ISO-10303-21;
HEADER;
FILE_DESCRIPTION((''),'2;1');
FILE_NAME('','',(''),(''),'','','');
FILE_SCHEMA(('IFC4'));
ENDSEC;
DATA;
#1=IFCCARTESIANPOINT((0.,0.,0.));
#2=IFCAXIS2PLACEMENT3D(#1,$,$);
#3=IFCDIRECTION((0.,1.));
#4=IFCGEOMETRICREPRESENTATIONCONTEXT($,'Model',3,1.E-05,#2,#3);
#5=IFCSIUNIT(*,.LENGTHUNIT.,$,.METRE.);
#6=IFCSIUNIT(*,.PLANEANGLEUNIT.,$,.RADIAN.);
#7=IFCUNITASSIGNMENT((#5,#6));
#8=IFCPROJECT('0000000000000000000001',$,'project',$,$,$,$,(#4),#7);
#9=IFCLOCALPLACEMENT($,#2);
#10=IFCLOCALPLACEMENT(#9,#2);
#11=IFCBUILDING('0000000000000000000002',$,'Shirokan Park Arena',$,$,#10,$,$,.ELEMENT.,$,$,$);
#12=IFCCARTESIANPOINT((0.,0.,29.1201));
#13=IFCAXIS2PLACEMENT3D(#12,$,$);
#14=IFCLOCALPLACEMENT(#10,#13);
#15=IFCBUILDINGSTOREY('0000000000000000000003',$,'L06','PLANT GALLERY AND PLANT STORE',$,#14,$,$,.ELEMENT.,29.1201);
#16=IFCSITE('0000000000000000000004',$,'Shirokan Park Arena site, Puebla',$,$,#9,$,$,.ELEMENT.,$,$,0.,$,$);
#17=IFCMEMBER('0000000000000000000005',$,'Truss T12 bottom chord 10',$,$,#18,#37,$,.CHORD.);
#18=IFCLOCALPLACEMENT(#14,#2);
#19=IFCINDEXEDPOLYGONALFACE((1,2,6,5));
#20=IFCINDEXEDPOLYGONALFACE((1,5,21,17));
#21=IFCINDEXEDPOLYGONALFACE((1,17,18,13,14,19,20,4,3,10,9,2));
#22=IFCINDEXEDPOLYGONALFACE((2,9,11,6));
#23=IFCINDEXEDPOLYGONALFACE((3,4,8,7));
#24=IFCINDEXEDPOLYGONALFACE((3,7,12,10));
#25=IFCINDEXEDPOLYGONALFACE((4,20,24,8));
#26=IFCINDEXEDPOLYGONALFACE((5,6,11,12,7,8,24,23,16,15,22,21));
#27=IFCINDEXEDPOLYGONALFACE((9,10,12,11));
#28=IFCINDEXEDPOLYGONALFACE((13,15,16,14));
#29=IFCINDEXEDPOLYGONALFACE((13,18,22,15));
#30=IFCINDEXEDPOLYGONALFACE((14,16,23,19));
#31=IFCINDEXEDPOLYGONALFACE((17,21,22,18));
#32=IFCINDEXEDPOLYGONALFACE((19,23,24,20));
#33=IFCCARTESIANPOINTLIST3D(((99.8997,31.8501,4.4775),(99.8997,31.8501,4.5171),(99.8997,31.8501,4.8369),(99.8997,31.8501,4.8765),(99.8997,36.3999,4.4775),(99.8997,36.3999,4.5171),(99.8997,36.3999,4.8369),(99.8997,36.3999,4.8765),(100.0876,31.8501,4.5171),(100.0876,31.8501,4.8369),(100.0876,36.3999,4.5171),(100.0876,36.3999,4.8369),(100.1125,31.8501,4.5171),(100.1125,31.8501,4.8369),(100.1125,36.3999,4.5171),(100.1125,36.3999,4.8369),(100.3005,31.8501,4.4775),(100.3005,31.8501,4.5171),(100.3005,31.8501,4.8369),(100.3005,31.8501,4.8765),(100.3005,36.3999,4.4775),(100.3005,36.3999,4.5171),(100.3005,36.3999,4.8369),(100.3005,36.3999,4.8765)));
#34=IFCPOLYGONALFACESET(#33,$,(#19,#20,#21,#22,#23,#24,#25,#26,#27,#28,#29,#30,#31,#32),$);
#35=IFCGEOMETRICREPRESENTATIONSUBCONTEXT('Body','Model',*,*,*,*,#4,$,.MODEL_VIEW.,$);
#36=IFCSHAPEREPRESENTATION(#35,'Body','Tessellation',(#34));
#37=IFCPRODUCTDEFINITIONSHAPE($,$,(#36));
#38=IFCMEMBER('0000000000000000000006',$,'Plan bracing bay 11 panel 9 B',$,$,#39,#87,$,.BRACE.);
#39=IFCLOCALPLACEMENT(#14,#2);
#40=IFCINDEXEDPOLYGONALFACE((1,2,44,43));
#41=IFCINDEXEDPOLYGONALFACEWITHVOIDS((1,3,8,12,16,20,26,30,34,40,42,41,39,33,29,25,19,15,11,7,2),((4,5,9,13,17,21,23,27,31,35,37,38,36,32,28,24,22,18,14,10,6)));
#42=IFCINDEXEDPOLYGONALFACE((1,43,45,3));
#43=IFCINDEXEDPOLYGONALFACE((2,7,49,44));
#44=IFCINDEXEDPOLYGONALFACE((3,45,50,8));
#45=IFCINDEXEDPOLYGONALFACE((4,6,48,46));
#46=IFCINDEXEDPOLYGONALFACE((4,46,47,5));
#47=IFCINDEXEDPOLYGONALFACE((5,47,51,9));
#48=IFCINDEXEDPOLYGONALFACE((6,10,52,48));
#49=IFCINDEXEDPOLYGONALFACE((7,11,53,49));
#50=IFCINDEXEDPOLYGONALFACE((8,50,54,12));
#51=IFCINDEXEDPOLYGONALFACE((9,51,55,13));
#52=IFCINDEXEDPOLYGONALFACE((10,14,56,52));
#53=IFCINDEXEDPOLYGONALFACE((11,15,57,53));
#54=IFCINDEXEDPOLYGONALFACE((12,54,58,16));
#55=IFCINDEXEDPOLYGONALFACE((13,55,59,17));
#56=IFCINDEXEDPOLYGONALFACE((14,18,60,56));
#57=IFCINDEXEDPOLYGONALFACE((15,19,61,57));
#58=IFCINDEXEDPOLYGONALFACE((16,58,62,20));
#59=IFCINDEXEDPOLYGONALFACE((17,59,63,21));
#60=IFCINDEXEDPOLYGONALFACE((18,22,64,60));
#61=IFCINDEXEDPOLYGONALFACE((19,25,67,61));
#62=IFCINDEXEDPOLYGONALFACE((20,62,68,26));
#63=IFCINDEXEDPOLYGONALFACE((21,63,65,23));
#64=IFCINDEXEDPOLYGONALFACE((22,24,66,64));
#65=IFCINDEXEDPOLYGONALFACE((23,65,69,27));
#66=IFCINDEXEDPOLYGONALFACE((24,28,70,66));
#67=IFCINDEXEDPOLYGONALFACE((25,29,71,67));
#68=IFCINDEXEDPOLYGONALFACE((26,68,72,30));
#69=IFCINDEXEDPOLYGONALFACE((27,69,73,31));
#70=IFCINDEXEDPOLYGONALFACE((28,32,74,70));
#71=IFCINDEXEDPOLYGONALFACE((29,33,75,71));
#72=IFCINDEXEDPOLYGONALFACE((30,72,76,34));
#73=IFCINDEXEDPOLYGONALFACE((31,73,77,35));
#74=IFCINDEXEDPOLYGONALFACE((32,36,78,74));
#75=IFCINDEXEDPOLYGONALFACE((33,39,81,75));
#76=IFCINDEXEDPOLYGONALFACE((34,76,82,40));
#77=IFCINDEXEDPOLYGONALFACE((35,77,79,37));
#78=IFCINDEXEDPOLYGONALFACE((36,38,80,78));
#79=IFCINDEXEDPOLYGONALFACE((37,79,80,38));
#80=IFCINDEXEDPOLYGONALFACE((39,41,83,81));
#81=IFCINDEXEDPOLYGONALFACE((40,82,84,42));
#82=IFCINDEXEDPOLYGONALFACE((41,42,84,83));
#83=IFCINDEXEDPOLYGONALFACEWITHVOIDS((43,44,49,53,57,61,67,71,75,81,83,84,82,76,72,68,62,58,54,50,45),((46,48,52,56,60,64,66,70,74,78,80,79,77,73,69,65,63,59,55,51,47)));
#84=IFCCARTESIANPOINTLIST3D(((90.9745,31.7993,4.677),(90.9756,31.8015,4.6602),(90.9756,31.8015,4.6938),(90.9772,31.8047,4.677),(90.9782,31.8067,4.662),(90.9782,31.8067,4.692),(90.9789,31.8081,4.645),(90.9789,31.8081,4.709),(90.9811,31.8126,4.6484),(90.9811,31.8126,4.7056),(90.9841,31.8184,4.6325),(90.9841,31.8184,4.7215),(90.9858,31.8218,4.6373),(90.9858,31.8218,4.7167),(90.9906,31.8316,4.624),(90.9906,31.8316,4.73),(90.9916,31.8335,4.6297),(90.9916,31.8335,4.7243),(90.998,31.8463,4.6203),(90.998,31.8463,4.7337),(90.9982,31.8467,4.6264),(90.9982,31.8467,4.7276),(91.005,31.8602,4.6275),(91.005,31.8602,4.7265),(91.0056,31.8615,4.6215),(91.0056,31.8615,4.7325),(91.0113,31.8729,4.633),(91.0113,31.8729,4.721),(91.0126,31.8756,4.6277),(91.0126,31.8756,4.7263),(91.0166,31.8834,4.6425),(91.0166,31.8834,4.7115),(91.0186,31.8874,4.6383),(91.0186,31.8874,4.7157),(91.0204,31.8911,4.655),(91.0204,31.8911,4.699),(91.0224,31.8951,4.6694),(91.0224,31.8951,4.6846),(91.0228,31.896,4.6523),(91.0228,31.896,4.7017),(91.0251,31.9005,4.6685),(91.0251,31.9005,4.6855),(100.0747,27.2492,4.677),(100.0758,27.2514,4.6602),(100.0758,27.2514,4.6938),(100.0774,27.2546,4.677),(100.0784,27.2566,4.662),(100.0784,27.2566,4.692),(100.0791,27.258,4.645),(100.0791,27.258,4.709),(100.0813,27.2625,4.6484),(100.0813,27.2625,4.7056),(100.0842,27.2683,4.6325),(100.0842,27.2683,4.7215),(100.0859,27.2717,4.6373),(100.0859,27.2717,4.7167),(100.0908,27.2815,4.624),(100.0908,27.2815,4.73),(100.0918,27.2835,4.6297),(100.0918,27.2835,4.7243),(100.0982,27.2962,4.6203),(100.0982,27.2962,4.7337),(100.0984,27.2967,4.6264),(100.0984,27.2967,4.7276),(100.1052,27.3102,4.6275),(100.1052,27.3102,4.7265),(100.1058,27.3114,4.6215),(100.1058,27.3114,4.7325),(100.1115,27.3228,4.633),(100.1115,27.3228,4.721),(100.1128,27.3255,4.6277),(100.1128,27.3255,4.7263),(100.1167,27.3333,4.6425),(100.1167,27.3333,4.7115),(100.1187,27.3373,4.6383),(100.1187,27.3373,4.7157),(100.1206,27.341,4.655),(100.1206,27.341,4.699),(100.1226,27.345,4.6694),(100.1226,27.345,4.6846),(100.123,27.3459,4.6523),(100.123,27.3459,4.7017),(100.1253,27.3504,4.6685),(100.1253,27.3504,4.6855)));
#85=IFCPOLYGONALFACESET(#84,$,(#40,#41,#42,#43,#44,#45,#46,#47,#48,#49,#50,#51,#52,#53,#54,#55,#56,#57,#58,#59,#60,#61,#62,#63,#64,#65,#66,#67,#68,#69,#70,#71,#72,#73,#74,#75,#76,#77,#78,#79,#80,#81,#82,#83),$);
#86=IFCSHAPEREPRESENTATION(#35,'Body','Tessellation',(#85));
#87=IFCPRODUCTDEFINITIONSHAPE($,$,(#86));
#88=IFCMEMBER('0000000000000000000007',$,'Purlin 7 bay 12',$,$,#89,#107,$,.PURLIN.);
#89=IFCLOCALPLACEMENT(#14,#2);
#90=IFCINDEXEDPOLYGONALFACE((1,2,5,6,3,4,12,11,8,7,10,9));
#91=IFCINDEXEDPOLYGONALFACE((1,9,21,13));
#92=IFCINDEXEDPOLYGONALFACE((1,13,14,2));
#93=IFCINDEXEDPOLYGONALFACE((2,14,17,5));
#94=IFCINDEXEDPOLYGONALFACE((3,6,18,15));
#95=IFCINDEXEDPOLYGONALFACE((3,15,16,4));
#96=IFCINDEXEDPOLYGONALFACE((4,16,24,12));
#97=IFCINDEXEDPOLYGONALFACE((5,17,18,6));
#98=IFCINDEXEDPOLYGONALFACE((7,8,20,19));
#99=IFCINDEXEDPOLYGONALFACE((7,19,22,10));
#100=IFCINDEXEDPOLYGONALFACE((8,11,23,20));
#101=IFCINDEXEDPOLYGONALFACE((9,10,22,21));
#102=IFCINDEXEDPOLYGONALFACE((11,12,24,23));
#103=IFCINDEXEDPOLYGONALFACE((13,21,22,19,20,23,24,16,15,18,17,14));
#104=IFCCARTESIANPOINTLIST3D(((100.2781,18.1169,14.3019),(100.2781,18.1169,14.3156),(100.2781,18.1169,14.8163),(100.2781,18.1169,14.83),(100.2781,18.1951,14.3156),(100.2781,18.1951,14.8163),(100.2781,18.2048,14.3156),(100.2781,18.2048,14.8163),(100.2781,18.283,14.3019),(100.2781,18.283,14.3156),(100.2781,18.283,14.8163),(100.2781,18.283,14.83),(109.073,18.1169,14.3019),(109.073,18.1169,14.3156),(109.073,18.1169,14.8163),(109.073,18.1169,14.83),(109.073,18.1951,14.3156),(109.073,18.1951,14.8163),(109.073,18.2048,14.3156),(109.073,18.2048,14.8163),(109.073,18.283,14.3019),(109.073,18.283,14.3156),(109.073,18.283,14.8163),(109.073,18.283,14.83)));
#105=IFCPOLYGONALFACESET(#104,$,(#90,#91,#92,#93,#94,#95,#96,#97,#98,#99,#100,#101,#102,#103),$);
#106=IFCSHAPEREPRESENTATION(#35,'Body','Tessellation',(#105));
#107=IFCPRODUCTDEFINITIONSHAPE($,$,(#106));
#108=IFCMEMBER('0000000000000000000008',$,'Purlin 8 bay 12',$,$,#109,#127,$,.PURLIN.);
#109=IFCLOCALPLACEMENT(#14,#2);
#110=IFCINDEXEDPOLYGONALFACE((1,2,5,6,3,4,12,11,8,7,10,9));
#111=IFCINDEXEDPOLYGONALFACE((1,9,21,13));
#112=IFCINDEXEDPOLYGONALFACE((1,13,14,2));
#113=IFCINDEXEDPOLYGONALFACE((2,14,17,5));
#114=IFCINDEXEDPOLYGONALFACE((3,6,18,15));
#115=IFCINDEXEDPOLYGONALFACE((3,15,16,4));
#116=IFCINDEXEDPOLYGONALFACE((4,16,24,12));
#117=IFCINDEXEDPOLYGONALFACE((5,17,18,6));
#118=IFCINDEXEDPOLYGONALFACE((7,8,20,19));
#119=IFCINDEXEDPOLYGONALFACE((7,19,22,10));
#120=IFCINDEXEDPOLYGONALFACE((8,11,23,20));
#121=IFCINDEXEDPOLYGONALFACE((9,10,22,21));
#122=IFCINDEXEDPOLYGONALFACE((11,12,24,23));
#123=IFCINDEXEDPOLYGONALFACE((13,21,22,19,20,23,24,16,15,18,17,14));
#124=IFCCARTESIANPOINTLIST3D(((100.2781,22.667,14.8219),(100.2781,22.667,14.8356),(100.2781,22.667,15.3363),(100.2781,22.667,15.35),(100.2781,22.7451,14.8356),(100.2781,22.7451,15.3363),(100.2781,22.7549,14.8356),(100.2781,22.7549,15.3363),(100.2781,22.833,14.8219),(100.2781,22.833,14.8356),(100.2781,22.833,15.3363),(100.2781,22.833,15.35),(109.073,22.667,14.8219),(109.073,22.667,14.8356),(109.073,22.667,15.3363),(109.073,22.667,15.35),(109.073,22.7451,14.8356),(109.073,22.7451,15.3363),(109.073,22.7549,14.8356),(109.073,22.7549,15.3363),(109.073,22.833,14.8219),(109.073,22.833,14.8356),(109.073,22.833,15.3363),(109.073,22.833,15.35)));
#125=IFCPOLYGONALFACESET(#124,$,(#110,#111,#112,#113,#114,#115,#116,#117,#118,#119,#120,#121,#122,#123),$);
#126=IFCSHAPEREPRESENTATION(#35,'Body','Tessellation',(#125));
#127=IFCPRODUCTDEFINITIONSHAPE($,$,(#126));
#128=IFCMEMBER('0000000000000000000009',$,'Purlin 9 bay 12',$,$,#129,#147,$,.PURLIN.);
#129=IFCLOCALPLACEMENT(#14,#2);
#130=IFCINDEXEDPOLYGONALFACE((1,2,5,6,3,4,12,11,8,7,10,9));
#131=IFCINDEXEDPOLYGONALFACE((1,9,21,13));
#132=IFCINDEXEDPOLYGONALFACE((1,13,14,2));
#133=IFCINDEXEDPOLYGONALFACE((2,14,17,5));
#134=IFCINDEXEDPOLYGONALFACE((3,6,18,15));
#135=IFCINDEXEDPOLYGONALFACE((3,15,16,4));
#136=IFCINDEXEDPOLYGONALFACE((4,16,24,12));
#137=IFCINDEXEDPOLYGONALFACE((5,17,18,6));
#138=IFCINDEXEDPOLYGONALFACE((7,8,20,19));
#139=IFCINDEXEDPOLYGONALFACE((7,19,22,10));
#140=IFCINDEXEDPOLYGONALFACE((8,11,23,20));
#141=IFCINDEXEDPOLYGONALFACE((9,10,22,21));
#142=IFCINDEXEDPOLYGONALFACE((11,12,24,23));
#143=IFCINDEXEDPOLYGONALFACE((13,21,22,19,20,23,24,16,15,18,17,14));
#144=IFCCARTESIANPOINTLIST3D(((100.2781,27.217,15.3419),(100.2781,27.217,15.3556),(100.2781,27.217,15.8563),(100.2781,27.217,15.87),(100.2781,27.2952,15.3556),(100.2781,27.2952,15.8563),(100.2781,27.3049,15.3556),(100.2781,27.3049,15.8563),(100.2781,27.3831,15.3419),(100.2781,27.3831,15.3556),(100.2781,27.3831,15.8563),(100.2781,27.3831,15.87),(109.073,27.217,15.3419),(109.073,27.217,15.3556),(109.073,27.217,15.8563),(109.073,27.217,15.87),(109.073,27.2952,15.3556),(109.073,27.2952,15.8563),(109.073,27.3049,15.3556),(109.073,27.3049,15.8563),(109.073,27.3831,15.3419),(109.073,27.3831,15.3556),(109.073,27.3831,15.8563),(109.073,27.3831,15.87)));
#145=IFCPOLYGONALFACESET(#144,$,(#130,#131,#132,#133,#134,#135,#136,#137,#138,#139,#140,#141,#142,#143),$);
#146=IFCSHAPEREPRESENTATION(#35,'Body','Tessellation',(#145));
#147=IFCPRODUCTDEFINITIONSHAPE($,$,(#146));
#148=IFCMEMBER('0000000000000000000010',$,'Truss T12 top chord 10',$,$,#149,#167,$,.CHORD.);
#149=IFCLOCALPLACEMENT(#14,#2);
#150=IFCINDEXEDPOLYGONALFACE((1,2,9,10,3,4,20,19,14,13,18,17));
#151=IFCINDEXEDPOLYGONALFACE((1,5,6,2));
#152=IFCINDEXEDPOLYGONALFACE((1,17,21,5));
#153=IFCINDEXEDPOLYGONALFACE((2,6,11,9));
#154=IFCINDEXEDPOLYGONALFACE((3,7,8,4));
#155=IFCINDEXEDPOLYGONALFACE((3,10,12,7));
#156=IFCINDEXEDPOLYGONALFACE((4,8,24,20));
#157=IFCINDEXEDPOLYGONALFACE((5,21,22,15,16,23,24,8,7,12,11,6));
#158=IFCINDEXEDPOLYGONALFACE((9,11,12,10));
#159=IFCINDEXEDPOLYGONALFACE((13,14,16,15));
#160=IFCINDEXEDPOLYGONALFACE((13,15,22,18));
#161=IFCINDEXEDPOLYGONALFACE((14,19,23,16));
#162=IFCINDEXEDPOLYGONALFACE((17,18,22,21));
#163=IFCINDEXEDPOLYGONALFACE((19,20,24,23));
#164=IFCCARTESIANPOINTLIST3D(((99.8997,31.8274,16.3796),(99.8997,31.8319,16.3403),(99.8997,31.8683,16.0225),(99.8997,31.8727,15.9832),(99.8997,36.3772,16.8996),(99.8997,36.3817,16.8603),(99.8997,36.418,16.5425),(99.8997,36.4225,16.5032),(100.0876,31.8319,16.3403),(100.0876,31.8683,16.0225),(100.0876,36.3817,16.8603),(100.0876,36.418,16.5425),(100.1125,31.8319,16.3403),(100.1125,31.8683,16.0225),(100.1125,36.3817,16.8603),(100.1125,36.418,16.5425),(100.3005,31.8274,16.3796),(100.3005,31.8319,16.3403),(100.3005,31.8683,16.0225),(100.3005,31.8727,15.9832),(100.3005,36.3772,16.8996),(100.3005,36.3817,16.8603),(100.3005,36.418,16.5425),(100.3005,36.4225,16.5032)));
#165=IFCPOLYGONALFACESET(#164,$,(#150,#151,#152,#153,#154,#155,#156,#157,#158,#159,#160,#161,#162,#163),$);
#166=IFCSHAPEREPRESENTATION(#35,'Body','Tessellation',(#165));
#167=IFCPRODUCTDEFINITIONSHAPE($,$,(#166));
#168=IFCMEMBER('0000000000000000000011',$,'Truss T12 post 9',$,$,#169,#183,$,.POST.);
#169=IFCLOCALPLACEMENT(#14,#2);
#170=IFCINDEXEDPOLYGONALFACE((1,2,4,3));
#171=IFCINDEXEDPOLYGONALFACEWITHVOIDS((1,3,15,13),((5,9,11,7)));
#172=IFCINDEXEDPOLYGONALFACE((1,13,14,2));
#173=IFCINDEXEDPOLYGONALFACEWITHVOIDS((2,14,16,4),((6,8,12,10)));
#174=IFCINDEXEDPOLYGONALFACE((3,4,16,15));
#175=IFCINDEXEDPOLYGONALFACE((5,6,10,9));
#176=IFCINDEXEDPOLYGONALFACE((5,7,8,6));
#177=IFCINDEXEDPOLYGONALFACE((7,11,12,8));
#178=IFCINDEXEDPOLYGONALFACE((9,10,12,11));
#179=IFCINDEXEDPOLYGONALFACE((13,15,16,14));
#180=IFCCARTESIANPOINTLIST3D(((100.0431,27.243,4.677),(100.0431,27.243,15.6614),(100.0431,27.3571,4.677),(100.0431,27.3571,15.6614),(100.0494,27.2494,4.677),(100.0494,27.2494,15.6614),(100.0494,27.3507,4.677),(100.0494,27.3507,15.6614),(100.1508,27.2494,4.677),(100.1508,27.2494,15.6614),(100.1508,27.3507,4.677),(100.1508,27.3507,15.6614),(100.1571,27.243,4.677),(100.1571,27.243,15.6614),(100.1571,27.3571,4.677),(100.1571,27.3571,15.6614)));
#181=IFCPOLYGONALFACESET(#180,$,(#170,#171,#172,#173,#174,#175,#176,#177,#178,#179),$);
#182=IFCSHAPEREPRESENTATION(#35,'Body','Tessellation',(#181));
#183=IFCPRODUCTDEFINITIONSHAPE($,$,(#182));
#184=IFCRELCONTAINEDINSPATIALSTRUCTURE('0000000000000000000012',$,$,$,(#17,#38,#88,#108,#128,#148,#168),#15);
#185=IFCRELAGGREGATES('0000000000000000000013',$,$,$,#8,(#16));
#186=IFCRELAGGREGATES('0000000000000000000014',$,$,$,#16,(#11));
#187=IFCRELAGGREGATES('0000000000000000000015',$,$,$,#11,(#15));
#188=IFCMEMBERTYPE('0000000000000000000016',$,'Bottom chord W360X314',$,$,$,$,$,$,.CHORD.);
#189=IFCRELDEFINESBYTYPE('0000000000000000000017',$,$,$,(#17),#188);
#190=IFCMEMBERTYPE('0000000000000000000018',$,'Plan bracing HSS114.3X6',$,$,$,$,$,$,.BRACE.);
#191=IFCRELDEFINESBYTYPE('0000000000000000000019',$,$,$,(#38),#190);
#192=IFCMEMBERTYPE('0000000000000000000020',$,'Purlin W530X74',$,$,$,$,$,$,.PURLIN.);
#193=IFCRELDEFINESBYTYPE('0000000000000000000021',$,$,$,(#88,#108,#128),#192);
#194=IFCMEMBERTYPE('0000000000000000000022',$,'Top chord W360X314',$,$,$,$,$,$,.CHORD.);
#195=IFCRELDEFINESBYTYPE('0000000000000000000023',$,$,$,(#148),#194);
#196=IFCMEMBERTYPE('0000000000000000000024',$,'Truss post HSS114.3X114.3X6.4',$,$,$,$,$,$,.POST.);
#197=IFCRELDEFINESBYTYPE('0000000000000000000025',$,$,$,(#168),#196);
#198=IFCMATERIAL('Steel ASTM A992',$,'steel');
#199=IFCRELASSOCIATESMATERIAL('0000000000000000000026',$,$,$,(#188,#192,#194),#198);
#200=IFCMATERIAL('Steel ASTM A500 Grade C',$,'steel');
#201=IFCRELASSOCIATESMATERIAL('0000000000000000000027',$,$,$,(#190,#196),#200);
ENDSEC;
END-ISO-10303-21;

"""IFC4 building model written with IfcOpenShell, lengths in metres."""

from ifc_helpers import new_model, si_unit, direction, frame, origin, origin_2d, place, context, subcontext, project, spatial, hollow_rectangle, hollow_circle, i_section, extrude, material, material_profile, profile_set, type_object, element, save


model = new_model("IFC4")

# Units and contexts
model_context = context("Model", 3, precision=1e-05, world=origin(), true_north=direction((0.0, 1.0)))
body_context = subcontext(model_context, "Body", "Model", "MODEL_VIEW")
ifc_project = project(units=[si_unit("LENGTHUNIT", "METRE"), si_unit("PLANEANGLEUNIT", "RADIAN")], contexts=[model_context])

# Site, building, storey
site_placement = place(None, origin())
site = spatial("IfcSite", under=ifc_project, at=site_placement, Name="Shirokan Park Arena site, Puebla", CompositionType="ELEMENT", RefElevation=0.0)
building_placement = place(site_placement, origin())
building = spatial("IfcBuilding", under=site, at=building_placement, Name="Shirokan Park Arena", CompositionType="ELEMENT")
storey_placement = place(building_placement, frame((0.0, 0.0, 29.1201)))
storey = spatial("IfcBuildingStorey", under=building, at=storey_placement, Name="L06", Description="PLANT GALLERY AND PLANT STORE", CompositionType="ELEMENT", Elevation=29.1201)

# Members
ifc_material_1 = material(Name="Steel ASTM A992", Category="steel")
ifc_material_profile_1 = material_profile(ifc_material_1, i_section(OverallWidth=0.4009, OverallDepth=0.3989, WebThickness=0.0249, FlangeThickness=0.0396, at=origin_2d()), Name="W360X314")
ifc_profile_set_1 = profile_set([ifc_material_profile_1], Name="Steel ASTM A992")
member_type_1 = type_object("IfcMemberType", Name="Bottom chord W360X314", PredefinedType="CHORD", material=ifc_profile_set_1)
member_1_placement = place(storey_placement, frame((100.1001, 31.8501, 4.677), z_axis=(0.0, 1.0, 0.0), x_axis=(-1.0, 0.0, 0.0)))
element("IfcMember", 1, at=member_1_placement, inside=storey, type_object=member_type_1, Name="Truss T12 bottom chord 10", PredefinedType="CHORD", context=body_context, shape_type="SweptSolid", body=[
    extrude(i_section(OverallWidth=0.4009, OverallDepth=0.3989, WebThickness=0.0249, FlangeThickness=0.0396, at=origin_2d()), origin(), (0.0, 0.0, 1.0), 4.5498),
])
ifc_material_2 = material(Name="Steel ASTM A500 Grade C", Category="steel")
ifc_material_profile_2 = material_profile(ifc_material_2, hollow_circle(Radius=0.0569, WallThickness=0.0061, at=origin_2d()), Name="HSS114.3X6")
ifc_profile_set_2 = profile_set([ifc_material_profile_2], Name="Steel ASTM A500 Grade C")
member_type_2 = type_object("IfcMemberType", Name="Plan bracing HSS114.3X6", PredefinedType="BRACE", material=ifc_profile_set_2)
member_2_placement = place(storey_placement, frame((100.1001, 27.3, 4.677), z_axis=(-0.894427, 0.447214, 0.0), x_axis=(-0.447214, -0.894427, 0.0)))
element("IfcMember", 2, at=member_2_placement, inside=storey, type_object=member_type_2, Name="Plan bracing bay 11 panel 9 B", PredefinedType="BRACE", context=body_context, shape_type="SweptSolid", body=[
    extrude(hollow_circle(Radius=0.0569, WallThickness=0.0061, at=origin_2d()), origin(), (0.0, 0.0, 1.0), 10.1743),
])
ifc_material_profile_3 = material_profile(ifc_material_1, i_section(OverallWidth=0.166, OverallDepth=0.5281, WebThickness=0.0098, FlangeThickness=0.0137, at=origin_2d()), Name="W530X74")
ifc_profile_set_3 = profile_set([ifc_material_profile_3], Name="Steel ASTM A992")
member_type_3 = type_object("IfcMemberType", Name="Purlin W530X74", PredefinedType="PURLIN", material=ifc_profile_set_3)
for number, where, z_axis, x_axis, name in (
    (3, (100.2781, 18.2, 14.5659), (1.0, 0.0, 0.0), (0.0, 1.0, 0.0), "Purlin 7 bay 12"),
    (4, (100.2781, 22.75, 15.0859), (1.0, 0.0, 0.0), (0.0, 1.0, 0.0), "Purlin 8 bay 12"),
    (5, (100.2781, 27.3, 15.606), (1.0, 0.0, 0.0), (0.0, 1.0, 0.0), "Purlin 9 bay 12"),
):
    element("IfcMember", number, at=place(storey_placement, frame(where, z_axis=z_axis, x_axis=x_axis)), inside=storey, type_object=member_type_3, Name=name, PredefinedType="PURLIN", context=body_context, shape_type="SweptSolid", body=[
        extrude(i_section(OverallWidth=0.166, OverallDepth=0.5281, WebThickness=0.0098, FlangeThickness=0.0137, at=origin_2d()), origin(), (0.0, 0.0, 1.0), 8.7949),
    ])
ifc_material_profile_4 = material_profile(ifc_material_1, i_section(OverallWidth=0.4009, OverallDepth=0.3989, WebThickness=0.0249, FlangeThickness=0.0396, at=origin_2d()), Name="W360X314")
ifc_profile_set_4 = profile_set([ifc_material_profile_4], Name="Steel ASTM A992")
member_type_4 = type_object("IfcMemberType", Name="Top chord W360X314", PredefinedType="CHORD", material=ifc_profile_set_4)
member_3_placement = place(storey_placement, frame((100.1001, 31.8501, 16.1814), z_axis=(0.0, 0.993532, 0.113556), x_axis=(-1.0, 0.0, 0.0)))
element("IfcMember", 6, at=member_3_placement, inside=storey, type_object=member_type_4, Name="Truss T12 top chord 10", PredefinedType="CHORD", context=body_context, shape_type="SweptSolid", body=[
    extrude(i_section(OverallWidth=0.4009, OverallDepth=0.3989, WebThickness=0.0249, FlangeThickness=0.0396, at=origin_2d()), origin(), (0.0, 0.0, 1.0), 4.5793),
])
ifc_material_profile_5 = material_profile(ifc_material_2, hollow_rectangle(XDim=0.114, YDim=0.114, WallThickness=0.0063, at=origin_2d()), Name="HSS114.3X114.3X6.4")
ifc_profile_set_5 = profile_set([ifc_material_profile_5], Name="Steel ASTM A500 Grade C")
member_type_5 = type_object("IfcMemberType", Name="Truss post HSS114.3X114.3X6.4", PredefinedType="POST", material=ifc_profile_set_5)
member_4_placement = place(storey_placement, frame((100.1001, 27.3, 4.677), z_axis=(0.0, 0.0, 1.0), x_axis=(1.0, 0.0, 0.0)))
element("IfcMember", 7, at=member_4_placement, inside=storey, type_object=member_type_5, Name="Truss T12 post 9", PredefinedType="POST", context=body_context, shape_type="SweptSolid", body=[
    extrude(hollow_rectangle(XDim=0.114, YDim=0.114, WallThickness=0.0063, at=origin_2d()), origin(), (0.0, 0.0, 1.0), 10.9844),
])

save(model, "model.ifc")
